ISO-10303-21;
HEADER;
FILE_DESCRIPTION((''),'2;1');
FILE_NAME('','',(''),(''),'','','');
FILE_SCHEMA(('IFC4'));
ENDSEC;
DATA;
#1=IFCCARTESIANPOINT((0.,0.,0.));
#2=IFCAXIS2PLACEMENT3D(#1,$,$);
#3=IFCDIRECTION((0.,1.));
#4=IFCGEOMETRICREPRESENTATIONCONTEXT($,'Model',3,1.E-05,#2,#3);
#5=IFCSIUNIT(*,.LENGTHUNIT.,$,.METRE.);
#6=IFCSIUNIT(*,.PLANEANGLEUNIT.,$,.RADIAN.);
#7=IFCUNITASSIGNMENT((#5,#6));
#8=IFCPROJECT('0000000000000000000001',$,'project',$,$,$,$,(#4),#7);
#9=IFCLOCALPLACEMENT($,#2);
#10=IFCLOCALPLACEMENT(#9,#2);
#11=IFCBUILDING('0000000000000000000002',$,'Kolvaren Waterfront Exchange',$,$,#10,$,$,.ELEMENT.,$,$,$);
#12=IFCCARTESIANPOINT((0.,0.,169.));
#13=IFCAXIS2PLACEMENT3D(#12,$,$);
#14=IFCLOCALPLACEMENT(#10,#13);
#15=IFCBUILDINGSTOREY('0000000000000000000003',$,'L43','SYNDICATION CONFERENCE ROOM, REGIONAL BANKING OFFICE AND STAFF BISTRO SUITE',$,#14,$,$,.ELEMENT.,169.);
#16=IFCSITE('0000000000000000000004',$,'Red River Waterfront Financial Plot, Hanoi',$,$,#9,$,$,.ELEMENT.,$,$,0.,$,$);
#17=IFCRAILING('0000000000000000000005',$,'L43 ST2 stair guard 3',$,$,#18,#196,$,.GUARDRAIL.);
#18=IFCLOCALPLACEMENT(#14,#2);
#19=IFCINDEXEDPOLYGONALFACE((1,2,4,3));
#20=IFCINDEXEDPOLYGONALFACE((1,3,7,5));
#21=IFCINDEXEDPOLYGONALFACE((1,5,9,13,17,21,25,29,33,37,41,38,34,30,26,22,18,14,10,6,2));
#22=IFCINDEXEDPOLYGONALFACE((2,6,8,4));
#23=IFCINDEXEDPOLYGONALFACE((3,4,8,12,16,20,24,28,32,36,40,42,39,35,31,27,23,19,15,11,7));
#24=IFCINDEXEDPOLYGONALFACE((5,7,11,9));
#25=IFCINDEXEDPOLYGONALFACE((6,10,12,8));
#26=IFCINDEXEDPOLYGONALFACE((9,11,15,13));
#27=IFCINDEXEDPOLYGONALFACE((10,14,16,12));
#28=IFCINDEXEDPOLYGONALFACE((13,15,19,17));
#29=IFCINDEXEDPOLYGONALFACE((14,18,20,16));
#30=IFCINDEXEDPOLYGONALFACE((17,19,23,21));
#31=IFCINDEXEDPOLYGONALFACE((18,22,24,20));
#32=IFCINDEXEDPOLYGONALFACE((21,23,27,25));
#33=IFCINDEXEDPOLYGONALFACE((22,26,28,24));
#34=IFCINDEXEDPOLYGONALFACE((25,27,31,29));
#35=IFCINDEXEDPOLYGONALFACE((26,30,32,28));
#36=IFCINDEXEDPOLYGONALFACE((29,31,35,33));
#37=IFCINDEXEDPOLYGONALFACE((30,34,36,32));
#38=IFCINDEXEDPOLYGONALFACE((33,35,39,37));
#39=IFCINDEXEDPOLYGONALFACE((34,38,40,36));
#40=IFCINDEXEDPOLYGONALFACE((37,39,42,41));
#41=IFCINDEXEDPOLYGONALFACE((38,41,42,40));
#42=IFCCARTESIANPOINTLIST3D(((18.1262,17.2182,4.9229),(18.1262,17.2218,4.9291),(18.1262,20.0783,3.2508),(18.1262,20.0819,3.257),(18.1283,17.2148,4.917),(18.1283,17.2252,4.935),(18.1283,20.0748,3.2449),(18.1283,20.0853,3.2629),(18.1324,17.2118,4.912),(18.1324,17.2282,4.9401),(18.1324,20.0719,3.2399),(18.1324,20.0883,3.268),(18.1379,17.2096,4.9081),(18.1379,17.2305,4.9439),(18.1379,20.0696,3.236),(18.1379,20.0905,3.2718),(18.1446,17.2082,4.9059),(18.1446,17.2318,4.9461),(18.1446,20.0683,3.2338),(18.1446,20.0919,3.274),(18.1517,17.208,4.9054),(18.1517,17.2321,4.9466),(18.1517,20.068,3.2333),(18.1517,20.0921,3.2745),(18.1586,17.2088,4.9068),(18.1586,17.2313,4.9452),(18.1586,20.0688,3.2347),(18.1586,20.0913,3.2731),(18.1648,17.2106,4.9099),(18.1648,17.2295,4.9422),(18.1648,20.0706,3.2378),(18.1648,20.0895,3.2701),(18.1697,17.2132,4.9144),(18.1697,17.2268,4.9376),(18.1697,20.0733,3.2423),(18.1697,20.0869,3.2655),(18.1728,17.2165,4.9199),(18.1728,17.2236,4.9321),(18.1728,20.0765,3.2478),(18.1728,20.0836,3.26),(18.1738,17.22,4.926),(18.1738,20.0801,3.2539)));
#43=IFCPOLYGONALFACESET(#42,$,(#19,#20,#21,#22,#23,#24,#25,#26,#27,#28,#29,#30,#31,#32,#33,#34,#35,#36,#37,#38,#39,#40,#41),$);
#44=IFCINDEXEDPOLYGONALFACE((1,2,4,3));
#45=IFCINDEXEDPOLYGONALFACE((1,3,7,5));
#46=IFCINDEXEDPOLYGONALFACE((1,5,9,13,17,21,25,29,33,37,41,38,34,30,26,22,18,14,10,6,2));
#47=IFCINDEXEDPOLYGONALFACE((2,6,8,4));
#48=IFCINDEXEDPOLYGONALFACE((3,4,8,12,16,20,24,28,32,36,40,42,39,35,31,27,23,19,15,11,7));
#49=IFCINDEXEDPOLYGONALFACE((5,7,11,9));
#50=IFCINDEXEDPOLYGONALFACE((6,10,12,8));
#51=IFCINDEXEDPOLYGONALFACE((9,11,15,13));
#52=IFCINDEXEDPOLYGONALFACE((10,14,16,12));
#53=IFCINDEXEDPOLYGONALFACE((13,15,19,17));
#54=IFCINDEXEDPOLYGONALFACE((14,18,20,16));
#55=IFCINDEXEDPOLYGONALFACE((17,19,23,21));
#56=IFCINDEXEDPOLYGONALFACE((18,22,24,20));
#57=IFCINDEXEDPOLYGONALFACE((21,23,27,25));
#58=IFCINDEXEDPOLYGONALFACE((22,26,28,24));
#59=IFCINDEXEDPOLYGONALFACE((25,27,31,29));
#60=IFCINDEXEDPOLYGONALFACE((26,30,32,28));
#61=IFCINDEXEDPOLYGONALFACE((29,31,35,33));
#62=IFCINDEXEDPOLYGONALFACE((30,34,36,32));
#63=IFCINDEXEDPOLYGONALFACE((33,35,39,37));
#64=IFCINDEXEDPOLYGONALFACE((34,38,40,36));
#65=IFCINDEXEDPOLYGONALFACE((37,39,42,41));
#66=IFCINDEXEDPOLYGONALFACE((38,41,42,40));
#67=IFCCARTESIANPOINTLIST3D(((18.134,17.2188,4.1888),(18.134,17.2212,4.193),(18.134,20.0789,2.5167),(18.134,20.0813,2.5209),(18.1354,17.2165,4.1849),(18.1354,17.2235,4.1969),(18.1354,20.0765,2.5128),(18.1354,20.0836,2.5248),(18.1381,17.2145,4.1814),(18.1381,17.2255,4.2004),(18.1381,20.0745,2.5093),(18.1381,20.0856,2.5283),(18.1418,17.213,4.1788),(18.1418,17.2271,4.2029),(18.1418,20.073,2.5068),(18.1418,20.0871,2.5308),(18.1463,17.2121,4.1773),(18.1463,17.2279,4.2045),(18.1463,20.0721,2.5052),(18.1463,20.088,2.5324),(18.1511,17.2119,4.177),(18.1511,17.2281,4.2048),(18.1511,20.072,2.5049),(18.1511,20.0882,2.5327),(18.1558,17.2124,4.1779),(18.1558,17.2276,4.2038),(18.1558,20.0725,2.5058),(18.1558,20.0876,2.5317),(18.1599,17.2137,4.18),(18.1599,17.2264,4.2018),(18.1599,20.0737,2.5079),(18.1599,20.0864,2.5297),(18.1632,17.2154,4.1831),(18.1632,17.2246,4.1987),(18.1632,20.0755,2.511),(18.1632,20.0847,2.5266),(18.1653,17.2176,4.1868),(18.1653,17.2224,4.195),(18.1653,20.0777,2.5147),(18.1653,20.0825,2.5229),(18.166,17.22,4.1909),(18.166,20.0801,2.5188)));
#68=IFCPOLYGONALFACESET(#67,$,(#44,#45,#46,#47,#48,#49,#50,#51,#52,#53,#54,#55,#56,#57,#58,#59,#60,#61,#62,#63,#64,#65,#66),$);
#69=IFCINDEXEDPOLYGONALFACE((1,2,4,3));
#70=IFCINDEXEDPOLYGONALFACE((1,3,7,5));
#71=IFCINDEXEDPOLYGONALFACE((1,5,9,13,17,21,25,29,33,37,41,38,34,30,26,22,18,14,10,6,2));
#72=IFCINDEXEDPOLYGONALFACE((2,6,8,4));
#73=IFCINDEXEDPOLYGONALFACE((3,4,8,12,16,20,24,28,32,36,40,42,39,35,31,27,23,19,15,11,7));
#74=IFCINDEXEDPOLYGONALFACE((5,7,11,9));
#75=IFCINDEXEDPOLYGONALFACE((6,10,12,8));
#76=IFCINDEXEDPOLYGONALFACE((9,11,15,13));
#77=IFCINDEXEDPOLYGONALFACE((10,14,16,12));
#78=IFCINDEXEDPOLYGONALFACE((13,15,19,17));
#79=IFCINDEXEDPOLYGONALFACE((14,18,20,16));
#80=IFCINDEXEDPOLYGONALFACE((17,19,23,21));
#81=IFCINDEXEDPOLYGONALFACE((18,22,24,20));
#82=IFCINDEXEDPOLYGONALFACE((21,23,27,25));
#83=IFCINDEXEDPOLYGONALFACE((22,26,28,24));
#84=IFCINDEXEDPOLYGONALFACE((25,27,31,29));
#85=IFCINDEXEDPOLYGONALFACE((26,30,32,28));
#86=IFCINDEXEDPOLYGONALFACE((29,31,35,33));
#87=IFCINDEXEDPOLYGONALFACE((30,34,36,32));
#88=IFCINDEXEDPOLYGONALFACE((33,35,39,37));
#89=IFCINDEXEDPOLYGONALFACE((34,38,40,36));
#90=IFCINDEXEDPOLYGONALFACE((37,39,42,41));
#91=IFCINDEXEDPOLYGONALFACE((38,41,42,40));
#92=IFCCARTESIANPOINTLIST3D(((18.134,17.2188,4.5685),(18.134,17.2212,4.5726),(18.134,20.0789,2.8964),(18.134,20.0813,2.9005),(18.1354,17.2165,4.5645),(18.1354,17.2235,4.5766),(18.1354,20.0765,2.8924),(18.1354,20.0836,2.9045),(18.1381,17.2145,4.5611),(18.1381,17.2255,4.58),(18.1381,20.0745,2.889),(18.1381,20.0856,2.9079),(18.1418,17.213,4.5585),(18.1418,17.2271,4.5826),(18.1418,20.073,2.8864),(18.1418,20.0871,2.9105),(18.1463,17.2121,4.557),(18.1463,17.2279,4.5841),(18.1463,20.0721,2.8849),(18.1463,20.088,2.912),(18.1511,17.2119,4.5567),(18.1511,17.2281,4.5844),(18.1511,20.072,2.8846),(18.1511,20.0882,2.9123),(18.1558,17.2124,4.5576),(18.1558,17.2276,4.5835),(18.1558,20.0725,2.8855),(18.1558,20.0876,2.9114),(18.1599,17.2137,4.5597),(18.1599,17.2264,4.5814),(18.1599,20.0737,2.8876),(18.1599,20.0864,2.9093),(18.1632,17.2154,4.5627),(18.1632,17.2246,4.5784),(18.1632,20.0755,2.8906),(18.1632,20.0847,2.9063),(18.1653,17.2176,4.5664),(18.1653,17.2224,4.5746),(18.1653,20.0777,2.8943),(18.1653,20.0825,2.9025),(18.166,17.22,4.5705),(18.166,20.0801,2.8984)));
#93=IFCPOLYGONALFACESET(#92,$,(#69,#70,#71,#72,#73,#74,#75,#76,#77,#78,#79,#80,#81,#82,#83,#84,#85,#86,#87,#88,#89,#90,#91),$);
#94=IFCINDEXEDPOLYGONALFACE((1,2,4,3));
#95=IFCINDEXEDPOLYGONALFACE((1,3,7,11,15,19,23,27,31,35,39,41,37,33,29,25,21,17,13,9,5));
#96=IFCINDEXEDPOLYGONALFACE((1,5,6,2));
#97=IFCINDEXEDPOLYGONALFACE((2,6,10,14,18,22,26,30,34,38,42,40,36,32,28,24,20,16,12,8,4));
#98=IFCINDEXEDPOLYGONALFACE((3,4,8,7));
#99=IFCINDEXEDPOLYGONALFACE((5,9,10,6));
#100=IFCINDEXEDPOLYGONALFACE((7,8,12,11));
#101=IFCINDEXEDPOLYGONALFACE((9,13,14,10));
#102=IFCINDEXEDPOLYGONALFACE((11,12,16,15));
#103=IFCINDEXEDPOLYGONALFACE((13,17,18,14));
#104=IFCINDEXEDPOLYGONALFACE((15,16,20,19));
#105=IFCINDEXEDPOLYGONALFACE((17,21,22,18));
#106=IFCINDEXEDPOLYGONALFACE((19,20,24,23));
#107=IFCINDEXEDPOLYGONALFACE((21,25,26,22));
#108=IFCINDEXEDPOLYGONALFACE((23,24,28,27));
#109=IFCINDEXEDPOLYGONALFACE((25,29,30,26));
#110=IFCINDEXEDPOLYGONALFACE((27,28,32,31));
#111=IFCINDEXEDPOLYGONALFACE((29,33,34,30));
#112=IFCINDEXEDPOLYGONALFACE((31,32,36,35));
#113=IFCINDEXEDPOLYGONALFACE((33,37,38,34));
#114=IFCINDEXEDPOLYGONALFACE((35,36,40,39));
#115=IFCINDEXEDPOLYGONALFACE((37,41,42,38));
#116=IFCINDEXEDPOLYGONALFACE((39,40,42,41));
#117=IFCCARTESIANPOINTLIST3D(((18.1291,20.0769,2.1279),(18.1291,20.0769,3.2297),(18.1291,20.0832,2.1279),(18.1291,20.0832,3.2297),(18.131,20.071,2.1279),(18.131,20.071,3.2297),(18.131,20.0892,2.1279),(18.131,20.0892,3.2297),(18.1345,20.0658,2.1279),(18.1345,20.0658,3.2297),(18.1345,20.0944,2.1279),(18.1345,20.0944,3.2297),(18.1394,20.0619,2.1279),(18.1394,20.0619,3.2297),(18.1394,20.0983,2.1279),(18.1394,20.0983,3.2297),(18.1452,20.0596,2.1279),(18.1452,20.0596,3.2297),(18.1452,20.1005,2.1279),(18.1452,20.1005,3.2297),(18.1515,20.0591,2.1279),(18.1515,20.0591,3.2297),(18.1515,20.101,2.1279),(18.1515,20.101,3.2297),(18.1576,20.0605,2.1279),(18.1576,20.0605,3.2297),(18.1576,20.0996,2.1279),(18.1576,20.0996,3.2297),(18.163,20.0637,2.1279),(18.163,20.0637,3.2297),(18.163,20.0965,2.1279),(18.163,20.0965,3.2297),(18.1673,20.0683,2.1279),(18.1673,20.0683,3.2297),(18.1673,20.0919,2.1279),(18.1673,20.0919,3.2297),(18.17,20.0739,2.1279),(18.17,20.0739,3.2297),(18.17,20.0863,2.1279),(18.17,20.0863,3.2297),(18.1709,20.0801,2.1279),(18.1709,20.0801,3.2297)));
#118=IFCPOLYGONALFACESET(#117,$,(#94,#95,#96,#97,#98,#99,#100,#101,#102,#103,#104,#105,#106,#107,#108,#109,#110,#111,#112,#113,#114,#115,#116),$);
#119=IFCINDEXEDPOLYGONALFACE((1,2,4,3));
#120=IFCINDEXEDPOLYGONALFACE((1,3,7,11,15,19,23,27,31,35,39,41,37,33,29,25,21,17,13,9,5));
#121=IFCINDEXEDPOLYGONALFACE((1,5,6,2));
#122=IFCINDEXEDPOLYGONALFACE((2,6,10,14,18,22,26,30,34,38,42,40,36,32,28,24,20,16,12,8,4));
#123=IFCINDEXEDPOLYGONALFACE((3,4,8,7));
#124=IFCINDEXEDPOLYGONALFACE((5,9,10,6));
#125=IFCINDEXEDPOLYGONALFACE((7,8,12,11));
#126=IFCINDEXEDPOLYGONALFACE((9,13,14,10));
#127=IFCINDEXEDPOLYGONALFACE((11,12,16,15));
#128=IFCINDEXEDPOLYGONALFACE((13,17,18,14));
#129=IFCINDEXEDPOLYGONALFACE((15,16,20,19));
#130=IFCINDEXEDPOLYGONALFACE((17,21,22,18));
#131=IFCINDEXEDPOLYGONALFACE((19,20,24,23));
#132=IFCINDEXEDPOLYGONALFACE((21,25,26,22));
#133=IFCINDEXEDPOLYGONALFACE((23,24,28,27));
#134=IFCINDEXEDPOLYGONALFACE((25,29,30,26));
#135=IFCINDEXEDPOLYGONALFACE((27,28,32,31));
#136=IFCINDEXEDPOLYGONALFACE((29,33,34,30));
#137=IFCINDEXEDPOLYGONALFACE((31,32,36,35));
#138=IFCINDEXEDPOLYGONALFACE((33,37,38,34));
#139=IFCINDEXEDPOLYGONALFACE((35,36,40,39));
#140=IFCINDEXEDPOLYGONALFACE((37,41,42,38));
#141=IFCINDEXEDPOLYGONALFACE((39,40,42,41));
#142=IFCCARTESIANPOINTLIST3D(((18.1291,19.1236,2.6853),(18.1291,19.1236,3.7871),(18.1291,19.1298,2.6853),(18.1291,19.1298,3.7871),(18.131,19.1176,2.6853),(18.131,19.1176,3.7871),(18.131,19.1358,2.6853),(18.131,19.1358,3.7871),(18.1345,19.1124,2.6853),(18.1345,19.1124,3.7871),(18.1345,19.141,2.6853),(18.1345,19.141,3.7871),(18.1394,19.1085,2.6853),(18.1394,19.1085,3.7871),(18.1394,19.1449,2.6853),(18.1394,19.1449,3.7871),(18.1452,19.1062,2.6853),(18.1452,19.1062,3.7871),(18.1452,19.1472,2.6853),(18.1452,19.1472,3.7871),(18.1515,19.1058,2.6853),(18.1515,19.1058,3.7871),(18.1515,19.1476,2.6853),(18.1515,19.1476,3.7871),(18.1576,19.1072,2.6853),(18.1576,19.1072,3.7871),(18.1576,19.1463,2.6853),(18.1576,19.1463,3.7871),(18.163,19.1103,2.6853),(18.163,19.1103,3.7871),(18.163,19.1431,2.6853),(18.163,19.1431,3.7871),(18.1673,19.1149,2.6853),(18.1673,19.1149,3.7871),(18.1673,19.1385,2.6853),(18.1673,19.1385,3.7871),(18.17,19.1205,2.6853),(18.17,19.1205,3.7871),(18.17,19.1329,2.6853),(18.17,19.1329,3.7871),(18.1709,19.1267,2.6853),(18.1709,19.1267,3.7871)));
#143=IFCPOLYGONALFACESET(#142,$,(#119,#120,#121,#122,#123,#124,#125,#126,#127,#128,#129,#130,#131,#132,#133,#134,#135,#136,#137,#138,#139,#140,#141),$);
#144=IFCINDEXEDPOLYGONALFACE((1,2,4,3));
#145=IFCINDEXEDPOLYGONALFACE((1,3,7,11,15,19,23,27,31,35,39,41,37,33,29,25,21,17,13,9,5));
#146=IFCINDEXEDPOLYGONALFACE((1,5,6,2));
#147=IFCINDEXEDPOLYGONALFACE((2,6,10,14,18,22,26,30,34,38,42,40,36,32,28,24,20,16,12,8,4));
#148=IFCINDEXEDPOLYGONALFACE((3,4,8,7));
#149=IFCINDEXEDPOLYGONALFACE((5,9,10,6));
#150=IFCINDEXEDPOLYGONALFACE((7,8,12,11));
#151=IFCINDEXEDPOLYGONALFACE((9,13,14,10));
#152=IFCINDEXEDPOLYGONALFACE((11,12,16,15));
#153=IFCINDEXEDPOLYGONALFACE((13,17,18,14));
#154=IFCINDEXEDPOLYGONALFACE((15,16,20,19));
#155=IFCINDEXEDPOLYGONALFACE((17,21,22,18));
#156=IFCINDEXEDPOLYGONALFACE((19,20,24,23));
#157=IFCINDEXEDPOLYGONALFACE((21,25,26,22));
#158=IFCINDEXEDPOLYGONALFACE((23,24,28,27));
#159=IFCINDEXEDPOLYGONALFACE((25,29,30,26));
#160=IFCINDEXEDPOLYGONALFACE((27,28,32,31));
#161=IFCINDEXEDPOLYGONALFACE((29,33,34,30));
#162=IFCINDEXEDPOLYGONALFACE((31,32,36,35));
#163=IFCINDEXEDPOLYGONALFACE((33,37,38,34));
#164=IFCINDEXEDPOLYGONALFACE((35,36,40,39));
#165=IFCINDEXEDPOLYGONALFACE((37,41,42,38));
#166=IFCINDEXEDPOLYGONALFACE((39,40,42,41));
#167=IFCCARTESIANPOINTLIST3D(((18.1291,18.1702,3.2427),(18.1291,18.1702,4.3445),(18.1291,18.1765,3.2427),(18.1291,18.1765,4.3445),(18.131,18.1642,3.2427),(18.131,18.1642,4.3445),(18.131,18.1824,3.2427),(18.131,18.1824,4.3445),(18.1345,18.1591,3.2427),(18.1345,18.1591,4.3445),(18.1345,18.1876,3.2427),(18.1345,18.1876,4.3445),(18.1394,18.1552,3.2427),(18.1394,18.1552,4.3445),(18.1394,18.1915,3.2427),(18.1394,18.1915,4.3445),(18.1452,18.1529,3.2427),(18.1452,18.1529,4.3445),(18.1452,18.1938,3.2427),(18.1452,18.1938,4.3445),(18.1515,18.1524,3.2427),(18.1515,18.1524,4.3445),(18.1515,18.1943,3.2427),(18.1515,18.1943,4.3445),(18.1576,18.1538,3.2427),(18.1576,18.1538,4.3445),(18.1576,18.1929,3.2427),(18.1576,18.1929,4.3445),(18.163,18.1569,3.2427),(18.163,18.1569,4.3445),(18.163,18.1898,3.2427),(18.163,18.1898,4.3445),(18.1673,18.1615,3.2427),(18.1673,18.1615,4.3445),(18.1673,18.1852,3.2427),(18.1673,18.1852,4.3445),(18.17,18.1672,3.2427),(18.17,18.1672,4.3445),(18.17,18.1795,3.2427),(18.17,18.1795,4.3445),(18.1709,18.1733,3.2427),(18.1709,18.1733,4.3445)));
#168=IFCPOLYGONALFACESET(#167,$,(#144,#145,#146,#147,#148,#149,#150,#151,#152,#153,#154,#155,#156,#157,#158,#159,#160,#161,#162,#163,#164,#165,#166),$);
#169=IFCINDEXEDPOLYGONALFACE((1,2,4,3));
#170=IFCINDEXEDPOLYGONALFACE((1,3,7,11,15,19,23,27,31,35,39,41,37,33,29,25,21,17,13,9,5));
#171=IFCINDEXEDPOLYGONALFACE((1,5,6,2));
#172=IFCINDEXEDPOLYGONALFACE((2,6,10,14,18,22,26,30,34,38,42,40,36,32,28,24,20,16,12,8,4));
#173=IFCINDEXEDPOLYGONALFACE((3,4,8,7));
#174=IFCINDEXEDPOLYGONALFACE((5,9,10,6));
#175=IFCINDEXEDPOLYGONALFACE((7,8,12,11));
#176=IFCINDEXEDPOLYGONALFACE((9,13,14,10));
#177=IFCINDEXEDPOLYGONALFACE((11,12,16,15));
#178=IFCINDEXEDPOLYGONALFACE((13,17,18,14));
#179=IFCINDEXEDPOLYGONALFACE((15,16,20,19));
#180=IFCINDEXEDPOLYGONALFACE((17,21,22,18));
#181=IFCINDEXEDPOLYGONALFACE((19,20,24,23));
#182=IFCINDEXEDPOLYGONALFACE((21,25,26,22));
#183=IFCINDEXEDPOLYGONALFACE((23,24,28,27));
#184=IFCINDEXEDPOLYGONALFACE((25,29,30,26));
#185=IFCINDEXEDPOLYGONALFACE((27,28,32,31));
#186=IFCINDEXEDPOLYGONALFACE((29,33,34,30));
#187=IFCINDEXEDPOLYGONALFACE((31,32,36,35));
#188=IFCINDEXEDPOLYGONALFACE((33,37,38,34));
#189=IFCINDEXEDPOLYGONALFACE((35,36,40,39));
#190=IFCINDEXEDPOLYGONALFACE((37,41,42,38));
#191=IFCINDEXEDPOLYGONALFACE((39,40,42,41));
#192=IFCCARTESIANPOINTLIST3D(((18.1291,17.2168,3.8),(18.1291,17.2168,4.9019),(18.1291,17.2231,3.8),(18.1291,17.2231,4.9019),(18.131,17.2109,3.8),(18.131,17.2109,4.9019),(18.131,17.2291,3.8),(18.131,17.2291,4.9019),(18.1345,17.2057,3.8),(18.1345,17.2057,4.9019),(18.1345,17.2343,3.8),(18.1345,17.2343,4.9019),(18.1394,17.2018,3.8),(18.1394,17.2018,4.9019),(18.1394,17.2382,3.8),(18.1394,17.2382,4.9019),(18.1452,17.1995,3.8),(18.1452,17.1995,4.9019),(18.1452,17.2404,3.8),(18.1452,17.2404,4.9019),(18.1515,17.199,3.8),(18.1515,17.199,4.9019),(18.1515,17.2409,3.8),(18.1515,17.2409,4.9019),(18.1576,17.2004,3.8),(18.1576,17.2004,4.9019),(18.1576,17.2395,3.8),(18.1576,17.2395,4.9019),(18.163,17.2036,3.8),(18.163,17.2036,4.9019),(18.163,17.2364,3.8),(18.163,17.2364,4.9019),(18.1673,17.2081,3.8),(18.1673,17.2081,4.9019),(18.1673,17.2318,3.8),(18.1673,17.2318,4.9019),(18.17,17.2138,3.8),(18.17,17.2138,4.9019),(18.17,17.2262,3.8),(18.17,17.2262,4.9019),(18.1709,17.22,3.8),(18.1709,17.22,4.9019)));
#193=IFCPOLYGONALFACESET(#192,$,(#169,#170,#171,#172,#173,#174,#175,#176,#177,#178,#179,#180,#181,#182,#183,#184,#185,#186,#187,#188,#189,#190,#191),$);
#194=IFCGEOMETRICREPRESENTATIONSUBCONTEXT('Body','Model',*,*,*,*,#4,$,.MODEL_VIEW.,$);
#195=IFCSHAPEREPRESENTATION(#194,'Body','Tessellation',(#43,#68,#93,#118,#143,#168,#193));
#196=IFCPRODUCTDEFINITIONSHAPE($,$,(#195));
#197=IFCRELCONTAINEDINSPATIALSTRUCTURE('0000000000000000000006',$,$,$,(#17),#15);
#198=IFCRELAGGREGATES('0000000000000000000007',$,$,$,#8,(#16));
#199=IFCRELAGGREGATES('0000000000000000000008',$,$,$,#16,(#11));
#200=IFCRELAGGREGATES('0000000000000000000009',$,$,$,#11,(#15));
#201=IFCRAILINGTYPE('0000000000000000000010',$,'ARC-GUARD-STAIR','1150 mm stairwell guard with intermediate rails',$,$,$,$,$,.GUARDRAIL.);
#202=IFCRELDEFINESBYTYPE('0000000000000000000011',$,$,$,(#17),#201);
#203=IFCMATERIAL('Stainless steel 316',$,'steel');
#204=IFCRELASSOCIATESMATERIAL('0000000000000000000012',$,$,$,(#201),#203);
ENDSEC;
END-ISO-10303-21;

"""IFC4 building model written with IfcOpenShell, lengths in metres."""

from ifc_helpers import new_model, si_unit, direction, frame, origin, origin_2d, place, context, subcontext, project, spatial, circle, extrude, material, type_object, element, save


model = new_model("IFC4")

# Units and contexts
model_context = context("Model", 3, precision=1e-05, world=origin(), true_north=direction((0.0, 1.0)))
body_context = subcontext(model_context, "Body", "Model", "MODEL_VIEW")
ifc_project = project(units=[si_unit("LENGTHUNIT", "METRE"), si_unit("PLANEANGLEUNIT", "RADIAN")], contexts=[model_context])

# Site, building, storey
site_placement = place(None, origin())
site = spatial("IfcSite", under=ifc_project, at=site_placement, Name="Red River Waterfront Financial Plot, Hanoi", CompositionType="ELEMENT", RefElevation=0.0)
building_placement = place(site_placement, origin())
building = spatial("IfcBuilding", under=site, at=building_placement, Name="Kolvaren Waterfront Exchange", CompositionType="ELEMENT")
storey_placement = place(building_placement, frame((0.0, 0.0, 169.0)))
storey = spatial("IfcBuildingStorey", under=building, at=storey_placement, Name="L43", Description="SYNDICATION CONFERENCE ROOM, REGIONAL BANKING OFFICE AND STAFF BISTRO SUITE", CompositionType="ELEMENT", Elevation=169.0)

# Railing
ifc_material_1 = material(Name="Stainless steel 316", Category="steel")
railing_type = type_object("IfcRailingType", Name="ARC-GUARD-STAIR", Description="1150 mm stairwell guard with intermediate rails", PredefinedType="GUARDRAIL", material=ifc_material_1)
railing_1_placement = place(storey_placement, frame((18.1499, 20.0801, 2.1279)))
element("IfcRailing", 1, at=railing_1_placement, inside=storey, type_object=railing_type, Name="L43 ST2 stair guard 3", PredefinedType="GUARDRAIL", context=body_context, shape_type="SweptSolid", body=[
    extrude(circle(Radius=0.0239, at=origin_2d()), frame((0.0, 0.0, 1.126), z_axis=(0.0, -0.863289, 0.504709), x_axis=(1.0, 0.0, 0.0)), (0.0, 0.0, 1.0), 3.313),
    extrude(circle(Radius=0.0161, at=origin_2d()), frame((0.0, 0.0, 0.3909), z_axis=(0.0, -0.863289, 0.504709), x_axis=(1.0, 0.0, 0.0)), (0.0, 0.0, 1.0), 3.313),
    extrude(circle(Radius=0.0161, at=origin_2d()), frame((0.0, 0.0, 0.7705), z_axis=(0.0, -0.863289, 0.504709), x_axis=(1.0, 0.0, 0.0)), (0.0, 0.0, 1.0), 3.313),
    extrude(circle(Radius=0.021, at=origin_2d()), origin(), (0.0, 0.0, 1.0), 1.1018),
    extrude(circle(Radius=0.021, at=origin_2d()), frame((0.0, -0.9534, 0.5574)), (0.0, 0.0, 1.0), 1.1018),
    extrude(circle(Radius=0.021, at=origin_2d()), frame((0.0, -1.9067, 1.1147)), (0.0, 0.0, 1.0), 1.1018),
    extrude(circle(Radius=0.021, at=origin_2d()), frame((0.0, -2.8601, 1.6721)), (0.0, 0.0, 1.0), 1.1018),
])

save(model, "model.ifc")
